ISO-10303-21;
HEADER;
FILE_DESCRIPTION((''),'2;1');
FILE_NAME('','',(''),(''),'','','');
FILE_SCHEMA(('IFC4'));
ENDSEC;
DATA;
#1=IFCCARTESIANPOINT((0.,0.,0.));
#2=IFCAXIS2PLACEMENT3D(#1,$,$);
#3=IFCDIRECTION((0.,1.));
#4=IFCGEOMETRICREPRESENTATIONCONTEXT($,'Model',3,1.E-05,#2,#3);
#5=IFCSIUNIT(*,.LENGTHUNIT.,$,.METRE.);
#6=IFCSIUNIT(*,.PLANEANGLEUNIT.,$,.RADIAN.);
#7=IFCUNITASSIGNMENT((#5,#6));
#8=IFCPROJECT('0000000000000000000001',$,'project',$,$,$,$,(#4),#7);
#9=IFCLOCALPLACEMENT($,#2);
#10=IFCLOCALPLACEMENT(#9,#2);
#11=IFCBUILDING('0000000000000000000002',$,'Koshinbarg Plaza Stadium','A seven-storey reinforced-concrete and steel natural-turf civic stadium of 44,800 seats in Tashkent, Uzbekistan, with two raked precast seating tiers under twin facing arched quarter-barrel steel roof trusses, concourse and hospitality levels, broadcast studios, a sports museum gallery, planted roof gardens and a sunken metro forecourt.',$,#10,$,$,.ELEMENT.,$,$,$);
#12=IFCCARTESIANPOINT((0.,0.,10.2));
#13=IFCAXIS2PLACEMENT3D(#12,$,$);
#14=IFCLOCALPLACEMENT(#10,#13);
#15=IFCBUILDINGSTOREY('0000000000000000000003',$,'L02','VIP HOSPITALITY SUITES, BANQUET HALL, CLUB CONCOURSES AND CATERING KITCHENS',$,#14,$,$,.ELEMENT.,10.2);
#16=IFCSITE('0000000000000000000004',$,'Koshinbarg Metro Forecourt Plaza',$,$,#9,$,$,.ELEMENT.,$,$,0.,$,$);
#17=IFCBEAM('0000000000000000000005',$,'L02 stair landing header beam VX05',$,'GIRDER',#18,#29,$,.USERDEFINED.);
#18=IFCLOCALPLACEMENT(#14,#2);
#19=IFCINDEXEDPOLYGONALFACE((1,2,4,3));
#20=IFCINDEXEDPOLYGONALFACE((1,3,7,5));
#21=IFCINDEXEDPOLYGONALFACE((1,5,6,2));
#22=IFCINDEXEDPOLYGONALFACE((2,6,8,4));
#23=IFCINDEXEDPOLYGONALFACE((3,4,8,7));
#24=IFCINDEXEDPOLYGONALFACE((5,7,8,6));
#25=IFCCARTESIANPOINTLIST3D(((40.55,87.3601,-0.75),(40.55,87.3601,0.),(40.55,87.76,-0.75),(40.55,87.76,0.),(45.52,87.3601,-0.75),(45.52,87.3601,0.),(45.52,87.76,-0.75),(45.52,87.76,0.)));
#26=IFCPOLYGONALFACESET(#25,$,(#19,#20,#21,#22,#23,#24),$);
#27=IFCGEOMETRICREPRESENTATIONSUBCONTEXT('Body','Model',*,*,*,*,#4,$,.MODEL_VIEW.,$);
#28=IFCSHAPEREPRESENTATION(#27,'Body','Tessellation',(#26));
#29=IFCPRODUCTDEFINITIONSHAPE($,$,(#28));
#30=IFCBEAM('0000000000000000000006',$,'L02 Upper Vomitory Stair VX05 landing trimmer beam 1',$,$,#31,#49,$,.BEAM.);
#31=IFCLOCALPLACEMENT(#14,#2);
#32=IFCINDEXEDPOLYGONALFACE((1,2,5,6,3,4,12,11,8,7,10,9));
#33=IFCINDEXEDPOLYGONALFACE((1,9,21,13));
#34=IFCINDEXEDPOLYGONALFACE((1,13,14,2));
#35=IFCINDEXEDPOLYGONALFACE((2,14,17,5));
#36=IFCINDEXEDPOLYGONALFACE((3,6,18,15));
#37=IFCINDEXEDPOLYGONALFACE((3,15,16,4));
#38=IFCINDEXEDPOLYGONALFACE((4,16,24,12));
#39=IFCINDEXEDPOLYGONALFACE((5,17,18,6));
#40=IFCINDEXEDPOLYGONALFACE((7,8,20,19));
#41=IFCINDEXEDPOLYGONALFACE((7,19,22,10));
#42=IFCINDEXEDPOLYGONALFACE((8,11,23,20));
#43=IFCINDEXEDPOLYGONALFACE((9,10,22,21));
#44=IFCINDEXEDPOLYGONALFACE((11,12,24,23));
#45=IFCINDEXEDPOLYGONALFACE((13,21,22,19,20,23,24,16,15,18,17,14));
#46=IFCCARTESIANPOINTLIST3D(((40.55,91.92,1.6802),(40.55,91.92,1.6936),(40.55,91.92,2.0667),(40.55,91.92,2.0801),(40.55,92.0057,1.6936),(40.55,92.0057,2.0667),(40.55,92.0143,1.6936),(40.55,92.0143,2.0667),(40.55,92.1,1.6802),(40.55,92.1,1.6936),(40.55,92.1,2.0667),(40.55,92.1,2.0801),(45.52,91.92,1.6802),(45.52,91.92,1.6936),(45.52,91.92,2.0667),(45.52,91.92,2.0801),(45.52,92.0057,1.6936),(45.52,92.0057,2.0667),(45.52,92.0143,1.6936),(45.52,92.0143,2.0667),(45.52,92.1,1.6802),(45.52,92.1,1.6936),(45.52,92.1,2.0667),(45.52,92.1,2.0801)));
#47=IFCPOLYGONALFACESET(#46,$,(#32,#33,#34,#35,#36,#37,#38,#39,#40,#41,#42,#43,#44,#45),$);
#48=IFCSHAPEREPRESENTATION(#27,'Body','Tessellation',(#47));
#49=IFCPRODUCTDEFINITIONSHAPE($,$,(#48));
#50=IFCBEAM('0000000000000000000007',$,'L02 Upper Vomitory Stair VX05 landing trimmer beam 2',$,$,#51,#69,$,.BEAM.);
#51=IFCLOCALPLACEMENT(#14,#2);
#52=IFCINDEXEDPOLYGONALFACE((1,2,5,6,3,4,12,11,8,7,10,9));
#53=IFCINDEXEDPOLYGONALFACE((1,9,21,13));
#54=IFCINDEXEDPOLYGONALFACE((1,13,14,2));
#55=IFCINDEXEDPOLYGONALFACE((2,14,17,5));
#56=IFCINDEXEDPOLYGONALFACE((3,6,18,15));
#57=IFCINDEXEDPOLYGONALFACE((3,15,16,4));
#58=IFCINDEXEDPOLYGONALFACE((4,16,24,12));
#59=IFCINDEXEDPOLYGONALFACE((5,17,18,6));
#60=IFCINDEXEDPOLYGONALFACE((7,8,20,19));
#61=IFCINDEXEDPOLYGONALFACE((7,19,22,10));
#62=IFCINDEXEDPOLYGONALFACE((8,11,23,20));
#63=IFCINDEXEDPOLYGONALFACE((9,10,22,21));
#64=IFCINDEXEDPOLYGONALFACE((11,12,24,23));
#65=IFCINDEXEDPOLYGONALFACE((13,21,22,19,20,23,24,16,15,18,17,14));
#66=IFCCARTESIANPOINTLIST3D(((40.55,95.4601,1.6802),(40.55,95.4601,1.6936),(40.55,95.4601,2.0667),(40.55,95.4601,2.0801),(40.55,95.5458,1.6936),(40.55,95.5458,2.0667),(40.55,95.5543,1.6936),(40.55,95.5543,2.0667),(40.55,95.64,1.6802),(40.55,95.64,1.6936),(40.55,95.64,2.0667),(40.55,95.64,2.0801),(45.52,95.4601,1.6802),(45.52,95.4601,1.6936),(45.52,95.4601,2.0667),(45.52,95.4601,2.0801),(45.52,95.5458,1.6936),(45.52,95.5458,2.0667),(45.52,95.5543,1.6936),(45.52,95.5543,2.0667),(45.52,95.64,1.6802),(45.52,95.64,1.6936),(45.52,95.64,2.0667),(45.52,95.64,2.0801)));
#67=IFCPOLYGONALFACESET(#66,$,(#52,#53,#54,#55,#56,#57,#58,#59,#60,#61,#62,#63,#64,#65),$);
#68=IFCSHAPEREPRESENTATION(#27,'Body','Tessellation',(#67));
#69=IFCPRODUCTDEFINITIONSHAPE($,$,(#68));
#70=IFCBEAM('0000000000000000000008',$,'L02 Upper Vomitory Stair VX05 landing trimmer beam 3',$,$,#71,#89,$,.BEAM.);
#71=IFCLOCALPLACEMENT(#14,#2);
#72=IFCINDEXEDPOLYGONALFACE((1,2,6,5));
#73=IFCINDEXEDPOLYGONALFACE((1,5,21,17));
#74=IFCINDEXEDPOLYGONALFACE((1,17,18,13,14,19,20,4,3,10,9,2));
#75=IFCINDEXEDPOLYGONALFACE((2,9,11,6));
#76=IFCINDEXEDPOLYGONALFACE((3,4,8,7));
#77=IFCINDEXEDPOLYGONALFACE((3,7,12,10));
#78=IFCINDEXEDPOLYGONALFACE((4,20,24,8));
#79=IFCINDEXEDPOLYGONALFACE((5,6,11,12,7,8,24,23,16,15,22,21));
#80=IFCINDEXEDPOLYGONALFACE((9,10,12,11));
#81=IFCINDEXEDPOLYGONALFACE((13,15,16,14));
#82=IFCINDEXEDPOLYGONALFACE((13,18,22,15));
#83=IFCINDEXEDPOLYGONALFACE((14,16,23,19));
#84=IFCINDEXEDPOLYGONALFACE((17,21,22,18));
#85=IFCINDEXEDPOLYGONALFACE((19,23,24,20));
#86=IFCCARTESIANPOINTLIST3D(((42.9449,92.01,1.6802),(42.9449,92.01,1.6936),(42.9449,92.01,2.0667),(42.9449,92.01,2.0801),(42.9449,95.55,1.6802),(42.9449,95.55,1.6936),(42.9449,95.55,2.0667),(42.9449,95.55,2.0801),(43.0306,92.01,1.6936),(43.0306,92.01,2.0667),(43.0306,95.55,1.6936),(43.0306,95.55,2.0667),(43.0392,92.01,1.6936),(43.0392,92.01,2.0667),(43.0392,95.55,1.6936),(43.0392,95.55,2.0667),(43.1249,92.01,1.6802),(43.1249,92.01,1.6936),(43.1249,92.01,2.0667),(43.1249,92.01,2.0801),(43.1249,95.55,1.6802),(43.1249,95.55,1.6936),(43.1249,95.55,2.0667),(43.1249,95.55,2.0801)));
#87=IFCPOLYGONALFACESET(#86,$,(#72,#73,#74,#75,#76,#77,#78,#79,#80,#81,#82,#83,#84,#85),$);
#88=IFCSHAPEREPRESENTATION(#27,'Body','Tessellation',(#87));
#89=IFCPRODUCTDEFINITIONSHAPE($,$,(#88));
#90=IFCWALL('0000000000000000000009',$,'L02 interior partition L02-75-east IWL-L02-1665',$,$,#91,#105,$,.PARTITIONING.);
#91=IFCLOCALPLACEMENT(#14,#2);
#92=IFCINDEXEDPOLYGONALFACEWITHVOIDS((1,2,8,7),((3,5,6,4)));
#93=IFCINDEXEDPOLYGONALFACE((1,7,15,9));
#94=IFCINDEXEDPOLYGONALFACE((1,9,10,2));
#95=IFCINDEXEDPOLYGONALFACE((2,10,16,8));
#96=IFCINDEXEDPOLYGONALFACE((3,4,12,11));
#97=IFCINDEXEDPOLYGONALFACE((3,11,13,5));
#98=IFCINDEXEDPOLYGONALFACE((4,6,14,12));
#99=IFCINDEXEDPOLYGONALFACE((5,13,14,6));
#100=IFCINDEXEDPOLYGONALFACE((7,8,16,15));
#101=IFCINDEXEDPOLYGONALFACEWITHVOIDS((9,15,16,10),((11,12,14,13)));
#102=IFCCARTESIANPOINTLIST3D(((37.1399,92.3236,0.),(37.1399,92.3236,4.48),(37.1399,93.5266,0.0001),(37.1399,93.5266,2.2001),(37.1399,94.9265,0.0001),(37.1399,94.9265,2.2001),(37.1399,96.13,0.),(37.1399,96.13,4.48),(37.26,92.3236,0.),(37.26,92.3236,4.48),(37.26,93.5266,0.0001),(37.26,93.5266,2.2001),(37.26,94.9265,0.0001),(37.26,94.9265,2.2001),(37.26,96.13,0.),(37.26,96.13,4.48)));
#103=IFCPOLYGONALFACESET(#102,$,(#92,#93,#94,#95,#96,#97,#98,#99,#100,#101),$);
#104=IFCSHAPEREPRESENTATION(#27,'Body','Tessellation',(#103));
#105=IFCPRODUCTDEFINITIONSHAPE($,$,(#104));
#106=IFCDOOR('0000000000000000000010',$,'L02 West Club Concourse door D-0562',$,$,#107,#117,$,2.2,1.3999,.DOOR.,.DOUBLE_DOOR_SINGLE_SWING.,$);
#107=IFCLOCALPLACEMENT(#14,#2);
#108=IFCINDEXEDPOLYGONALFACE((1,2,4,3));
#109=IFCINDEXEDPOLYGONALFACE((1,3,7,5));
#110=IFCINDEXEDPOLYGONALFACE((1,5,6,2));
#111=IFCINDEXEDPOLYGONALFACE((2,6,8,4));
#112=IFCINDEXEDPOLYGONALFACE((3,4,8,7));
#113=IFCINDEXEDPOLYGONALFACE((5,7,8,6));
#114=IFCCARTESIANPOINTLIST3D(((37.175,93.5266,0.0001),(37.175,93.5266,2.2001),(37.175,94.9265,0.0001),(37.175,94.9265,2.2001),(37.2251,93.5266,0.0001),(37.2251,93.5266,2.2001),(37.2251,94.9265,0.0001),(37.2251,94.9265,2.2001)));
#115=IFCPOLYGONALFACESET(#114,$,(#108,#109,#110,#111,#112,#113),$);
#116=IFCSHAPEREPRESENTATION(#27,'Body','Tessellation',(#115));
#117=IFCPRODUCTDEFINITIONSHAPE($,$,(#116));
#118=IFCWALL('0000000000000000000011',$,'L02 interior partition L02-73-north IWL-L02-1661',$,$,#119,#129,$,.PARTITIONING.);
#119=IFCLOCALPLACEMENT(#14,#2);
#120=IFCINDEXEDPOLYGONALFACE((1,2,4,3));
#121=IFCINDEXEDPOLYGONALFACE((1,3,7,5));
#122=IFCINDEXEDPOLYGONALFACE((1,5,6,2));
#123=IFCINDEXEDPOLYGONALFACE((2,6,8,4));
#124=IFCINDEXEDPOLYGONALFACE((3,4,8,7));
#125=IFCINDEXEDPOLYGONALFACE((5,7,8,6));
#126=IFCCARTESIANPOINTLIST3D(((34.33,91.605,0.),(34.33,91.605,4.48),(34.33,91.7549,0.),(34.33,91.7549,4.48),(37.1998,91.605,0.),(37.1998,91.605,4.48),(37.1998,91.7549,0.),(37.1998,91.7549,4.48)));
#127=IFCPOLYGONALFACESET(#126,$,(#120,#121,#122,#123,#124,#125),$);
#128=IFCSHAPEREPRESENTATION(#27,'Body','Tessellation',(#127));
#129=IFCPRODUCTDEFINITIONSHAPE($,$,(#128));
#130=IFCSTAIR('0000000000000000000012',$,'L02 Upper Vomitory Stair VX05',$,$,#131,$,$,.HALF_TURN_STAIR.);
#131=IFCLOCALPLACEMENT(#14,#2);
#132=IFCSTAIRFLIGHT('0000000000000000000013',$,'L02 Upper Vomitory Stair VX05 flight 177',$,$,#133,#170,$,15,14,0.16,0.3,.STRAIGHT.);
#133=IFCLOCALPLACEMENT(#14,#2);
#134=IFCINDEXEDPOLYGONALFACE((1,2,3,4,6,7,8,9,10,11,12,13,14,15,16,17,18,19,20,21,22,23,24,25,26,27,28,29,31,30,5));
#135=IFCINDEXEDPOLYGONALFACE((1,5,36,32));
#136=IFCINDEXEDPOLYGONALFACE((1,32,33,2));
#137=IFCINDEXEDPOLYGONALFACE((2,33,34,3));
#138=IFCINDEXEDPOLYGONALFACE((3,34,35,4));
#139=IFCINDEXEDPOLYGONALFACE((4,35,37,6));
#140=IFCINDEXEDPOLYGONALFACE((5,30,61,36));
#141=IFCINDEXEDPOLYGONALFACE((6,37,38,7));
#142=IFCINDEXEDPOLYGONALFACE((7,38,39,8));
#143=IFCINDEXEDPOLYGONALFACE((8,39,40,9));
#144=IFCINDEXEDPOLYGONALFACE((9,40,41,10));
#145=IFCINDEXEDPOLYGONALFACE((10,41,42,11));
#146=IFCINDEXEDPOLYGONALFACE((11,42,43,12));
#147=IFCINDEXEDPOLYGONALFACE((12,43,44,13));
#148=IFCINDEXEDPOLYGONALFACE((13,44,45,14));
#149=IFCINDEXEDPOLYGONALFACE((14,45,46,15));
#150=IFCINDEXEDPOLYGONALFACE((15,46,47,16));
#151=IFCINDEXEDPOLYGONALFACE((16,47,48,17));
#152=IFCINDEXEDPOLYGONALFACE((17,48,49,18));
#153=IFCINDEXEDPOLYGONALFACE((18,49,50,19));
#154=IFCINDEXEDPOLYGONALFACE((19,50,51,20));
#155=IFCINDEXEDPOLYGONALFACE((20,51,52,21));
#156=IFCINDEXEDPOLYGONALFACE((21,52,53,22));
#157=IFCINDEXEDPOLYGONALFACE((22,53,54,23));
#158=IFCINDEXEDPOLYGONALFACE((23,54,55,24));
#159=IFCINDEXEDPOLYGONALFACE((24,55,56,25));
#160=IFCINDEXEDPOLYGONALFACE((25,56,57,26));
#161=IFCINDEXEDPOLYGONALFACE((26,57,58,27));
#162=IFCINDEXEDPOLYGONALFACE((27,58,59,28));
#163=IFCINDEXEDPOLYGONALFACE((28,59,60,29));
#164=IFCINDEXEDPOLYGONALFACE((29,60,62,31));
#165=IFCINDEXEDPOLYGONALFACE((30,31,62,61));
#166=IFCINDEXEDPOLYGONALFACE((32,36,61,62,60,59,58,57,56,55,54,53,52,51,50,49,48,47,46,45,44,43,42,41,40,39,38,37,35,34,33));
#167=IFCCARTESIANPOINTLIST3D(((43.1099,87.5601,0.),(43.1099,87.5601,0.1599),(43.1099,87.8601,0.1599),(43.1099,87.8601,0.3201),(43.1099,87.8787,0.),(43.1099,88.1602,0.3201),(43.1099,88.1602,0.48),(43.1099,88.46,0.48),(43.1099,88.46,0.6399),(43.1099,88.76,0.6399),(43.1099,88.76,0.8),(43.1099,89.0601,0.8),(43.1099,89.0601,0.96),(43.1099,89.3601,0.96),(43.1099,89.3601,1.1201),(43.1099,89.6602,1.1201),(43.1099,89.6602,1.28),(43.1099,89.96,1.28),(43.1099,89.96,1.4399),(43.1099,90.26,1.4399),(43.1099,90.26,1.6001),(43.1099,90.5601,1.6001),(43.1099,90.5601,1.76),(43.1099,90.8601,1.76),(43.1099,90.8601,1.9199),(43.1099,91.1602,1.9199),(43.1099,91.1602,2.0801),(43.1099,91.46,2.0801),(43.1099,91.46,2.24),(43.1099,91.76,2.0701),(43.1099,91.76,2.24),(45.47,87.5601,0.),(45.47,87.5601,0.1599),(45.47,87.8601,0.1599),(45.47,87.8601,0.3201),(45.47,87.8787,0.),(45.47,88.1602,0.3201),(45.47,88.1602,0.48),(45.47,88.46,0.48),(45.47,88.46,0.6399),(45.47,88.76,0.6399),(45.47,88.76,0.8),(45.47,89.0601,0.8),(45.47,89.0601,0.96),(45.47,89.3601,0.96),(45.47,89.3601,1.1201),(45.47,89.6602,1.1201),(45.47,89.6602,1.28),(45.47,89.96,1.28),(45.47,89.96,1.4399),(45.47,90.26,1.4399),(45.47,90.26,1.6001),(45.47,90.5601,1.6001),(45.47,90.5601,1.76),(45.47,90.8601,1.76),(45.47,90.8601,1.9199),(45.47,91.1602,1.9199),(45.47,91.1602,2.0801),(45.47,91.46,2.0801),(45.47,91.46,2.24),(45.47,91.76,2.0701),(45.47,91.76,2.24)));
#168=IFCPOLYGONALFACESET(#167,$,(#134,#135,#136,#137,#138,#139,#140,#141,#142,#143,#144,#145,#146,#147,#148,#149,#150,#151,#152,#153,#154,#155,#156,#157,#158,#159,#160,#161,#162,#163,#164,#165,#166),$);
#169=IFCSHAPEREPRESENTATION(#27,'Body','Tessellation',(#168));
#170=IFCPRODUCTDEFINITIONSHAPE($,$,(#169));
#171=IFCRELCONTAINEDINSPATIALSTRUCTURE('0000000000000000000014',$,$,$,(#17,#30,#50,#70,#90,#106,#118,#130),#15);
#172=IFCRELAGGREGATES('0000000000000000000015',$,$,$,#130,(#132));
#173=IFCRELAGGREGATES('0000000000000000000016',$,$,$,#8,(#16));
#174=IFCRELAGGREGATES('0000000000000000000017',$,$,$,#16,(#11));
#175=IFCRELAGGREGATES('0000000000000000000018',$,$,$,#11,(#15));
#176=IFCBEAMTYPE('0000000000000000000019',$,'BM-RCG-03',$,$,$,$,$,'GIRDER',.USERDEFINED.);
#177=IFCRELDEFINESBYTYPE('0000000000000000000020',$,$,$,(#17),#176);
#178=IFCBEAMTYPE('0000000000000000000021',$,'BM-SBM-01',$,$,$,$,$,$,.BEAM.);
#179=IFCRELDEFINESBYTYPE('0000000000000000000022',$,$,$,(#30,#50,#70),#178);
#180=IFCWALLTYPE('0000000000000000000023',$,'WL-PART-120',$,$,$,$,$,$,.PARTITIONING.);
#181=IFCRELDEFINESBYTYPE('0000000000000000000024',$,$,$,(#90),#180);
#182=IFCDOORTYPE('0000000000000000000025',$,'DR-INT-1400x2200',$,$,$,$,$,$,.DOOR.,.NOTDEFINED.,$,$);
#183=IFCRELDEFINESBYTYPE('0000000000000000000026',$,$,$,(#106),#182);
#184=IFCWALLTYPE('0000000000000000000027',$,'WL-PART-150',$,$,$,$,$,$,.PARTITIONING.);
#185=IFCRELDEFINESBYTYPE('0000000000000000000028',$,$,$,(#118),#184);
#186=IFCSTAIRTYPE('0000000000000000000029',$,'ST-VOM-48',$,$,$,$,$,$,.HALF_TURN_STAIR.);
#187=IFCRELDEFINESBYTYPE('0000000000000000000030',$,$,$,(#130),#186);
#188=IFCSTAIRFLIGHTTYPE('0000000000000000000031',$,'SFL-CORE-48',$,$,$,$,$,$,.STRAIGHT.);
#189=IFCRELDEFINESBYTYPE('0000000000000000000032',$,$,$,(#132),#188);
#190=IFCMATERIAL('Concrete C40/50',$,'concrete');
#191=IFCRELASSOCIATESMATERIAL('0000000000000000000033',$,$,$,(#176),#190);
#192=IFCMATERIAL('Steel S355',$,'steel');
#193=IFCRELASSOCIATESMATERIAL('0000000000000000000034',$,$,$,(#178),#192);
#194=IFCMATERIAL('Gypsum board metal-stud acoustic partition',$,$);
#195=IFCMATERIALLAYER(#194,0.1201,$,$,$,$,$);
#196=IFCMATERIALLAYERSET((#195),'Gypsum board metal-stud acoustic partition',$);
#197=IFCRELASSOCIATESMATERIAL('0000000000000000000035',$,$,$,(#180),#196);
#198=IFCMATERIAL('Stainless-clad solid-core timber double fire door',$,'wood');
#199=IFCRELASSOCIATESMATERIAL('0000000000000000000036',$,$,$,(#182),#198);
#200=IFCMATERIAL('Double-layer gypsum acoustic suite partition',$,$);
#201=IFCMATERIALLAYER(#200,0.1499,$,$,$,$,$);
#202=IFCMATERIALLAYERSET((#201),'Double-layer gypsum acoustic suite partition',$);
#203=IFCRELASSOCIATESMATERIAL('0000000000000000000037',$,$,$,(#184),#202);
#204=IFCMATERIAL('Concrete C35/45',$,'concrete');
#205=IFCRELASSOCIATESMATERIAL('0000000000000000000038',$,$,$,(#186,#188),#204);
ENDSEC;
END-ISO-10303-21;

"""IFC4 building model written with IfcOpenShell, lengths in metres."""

from ifc_helpers import new_model, si_unit, direction, frame, frame_2d, origin, origin_2d, place, context, subcontext, project, spatial, polyline, rectangle, i_section, outline, extrude, material, layer, layer_set, material_profile, profile_set, type_object, element, fill, aggregate, save


model = new_model("IFC4")

# Units and contexts
model_context = context("Model", 3, precision=1e-05, world=origin(), true_north=direction((0.0, 1.0)))
body_context = subcontext(model_context, "Body", "Model", "MODEL_VIEW")
ifc_project = project(units=[si_unit("LENGTHUNIT", "METRE"), si_unit("PLANEANGLEUNIT", "RADIAN")], contexts=[model_context])

# Site, building, storey
site_placement = place(None, origin())
site = spatial("IfcSite", under=ifc_project, at=site_placement, Name="Koshinbarg Metro Forecourt Plaza", CompositionType="ELEMENT", RefElevation=0.0)
building_placement = place(site_placement, origin())
building = spatial("IfcBuilding", under=site, at=building_placement, Name="Koshinbarg Plaza Stadium", Description="A seven-storey reinforced-concrete and steel natural-turf civic stadium of 44,800 seats in Tashkent, Uzbekistan, with two raked precast seating tiers under twin facing arched quarter-barrel steel roof trusses, concourse and hospitality levels, broadcast studios, a sports museum gallery, planted roof gardens and a sunken metro forecourt.", CompositionType="ELEMENT")
storey_placement = place(building_placement, frame((0.0, 0.0, 10.2)))
storey = spatial("IfcBuildingStorey", under=building, at=storey_placement, Name="L02", Description="VIP HOSPITALITY SUITES, BANQUET HALL, CLUB CONCOURSES AND CATERING KITCHENS", CompositionType="ELEMENT", Elevation=10.2)

# Beams
ifc_material_1 = material(Name="Concrete C40/50", Category="concrete")
ifc_material_profile_1 = material_profile(ifc_material_1, rectangle(XDim=0.3999, YDim=0.75, at=origin_2d()), Name="RC 400x750")
ifc_profile_set_1 = profile_set([ifc_material_profile_1], Name="Concrete C40/50")
beam_type_1 = type_object("IfcBeamType", Name="BM-RCG-03", ElementType="GIRDER", PredefinedType="USERDEFINED", material=ifc_profile_set_1)
beam_1_placement = place(storey_placement, frame((40.55, 87.5601, -0.375), z_axis=(1.0, 0.0, 0.0), x_axis=(0.0, 1.0, 0.0)))
element("IfcBeam", 1, at=beam_1_placement, inside=storey, type_object=beam_type_1, Name="L02 stair landing header beam VX05", ObjectType="GIRDER", PredefinedType="USERDEFINED", context=body_context, shape_type="SweptSolid", body=[
    extrude(rectangle(XDim=0.3999, YDim=0.75, at=origin_2d()), origin(), (0.0, 0.0, 1.0), 4.97),
])
ifc_material_2 = material(Name="Steel S355", Category="steel")
ifc_material_profile_2 = material_profile(ifc_material_2, i_section(OverallWidth=0.1799, OverallDepth=0.3999, WebThickness=0.0085, FlangeThickness=0.0134, at=origin_2d()), Name="IPE 400")
ifc_profile_set_2 = profile_set([ifc_material_profile_2], Name="Steel S355")
beam_type_2 = type_object("IfcBeamType", Name="BM-SBM-01", PredefinedType="BEAM", material=ifc_profile_set_2)
for number, where, z_axis, x_axis, name in (
    (2, (40.55, 92.01, 1.8801), (1.0, 0.0, 0.0), (0.0, 1.0, 0.0), "L02 Upper Vomitory Stair VX05 landing trimmer beam 1"),
    (3, (40.55, 95.55, 1.8801), (1.0, 0.0, 0.0), (0.0, 1.0, 0.0), "L02 Upper Vomitory Stair VX05 landing trimmer beam 2"),
):
    element("IfcBeam", number, at=place(storey_placement, frame(where, z_axis=z_axis, x_axis=x_axis)), inside=storey, type_object=beam_type_2, Name=name, PredefinedType="BEAM", context=body_context, shape_type="SweptSolid", body=[
        extrude(i_section(OverallWidth=0.1799, OverallDepth=0.3999, WebThickness=0.0085, FlangeThickness=0.0134, at=origin_2d()), origin(), (0.0, 0.0, 1.0), 4.97),
    ])
beam_2_placement = place(storey_placement, frame((43.0349, 92.01, 1.8801), z_axis=(0.0, 1.0, 0.0), x_axis=(-1.0, 0.0, 0.0)))
element("IfcBeam", 4, at=beam_2_placement, inside=storey, type_object=beam_type_2, Name="L02 Upper Vomitory Stair VX05 landing trimmer beam 3", PredefinedType="BEAM", context=body_context, shape_type="SweptSolid", body=[
    extrude(i_section(OverallWidth=0.1799, OverallDepth=0.3999, WebThickness=0.0085, FlangeThickness=0.0134, at=origin_2d()), origin(), (0.0, 0.0, 1.0), 3.54),
])

# Wall, opening, door
ifc_material_3 = material(Name="Gypsum board metal-stud acoustic partition")
ifc_layer_1 = layer(ifc_material_3, 0.1201)
ifc_layer_set_1 = layer_set([ifc_layer_1], Name="Gypsum board metal-stud acoustic partition")
wall_type_1 = type_object("IfcWallType", Name="WL-PART-120", PredefinedType="PARTITIONING", material=ifc_layer_set_1)
wall_1_placement = place(storey_placement, frame((37.2, 92.3235, 0.0), z_axis=(0.0, 0.0, 1.0), x_axis=(0.0, 1.0, 0.0)))
wall_1 = element("IfcWall", 5, at=wall_1_placement, inside=storey, type_object=wall_type_1, Name="L02 interior partition L02-75-east IWL-L02-1665", PredefinedType="PARTITIONING", context=body_context, shape_type="SweptSolid", body=[
    extrude(rectangle(XDim=3.8064, YDim=0.1201, at=frame_2d((1.9033, 0.0))), origin(), (0.0, 0.0, 1.0), 4.48),
])
opening_1_placement = place(wall_1_placement, frame((1.2031, 0.0, 0.0)))
opening_1 = element("IfcOpeningElement", 6, at=opening_1_placement, cuts=wall_1, PredefinedType="OPENING", context=body_context, shape_type="SweptSolid", body=[
    extrude(rectangle(XDim=1.3999, YDim=2.2, at=frame_2d((0.7, 1.1001))), frame((0.0, 0.0701, 0.0), z_axis=(0.0, -1.0, 0.0), x_axis=(1.0, 0.0, 0.0)), (0.0, 0.0, 1.0), 0.1401),
])
ifc_material_4 = material(Name="Stainless-clad solid-core timber double fire door", Category="wood")
door_type_1 = type_object("IfcDoorType", Name="DR-INT-1400x2200", OperationType="NOTDEFINED", PredefinedType="DOOR", material=ifc_material_4)
door_1_placement = place(opening_1_placement, origin())
door_1 = element("IfcDoor", 7, at=door_1_placement, inside=storey, type_object=door_type_1, Name="L02 West Club Concourse door D-0562", OperationType="DOUBLE_DOOR_SINGLE_SWING", OverallHeight=2.2, OverallWidth=1.3999, PredefinedType="DOOR", context=body_context, shape_type="SweptSolid", body=[
    extrude(rectangle(XDim=1.3999, YDim=2.2, at=frame_2d((0.7, 1.1001))), frame((0.0, 0.0249, 0.0), z_axis=(0.0, -1.0, 0.0), x_axis=(1.0, 0.0, 0.0)), (0.0, 0.0, 1.0), 0.05),
])
fill(opening_1, door_1)
ifc_material_5 = material(Name="Double-layer gypsum acoustic suite partition")
ifc_layer_2 = layer(ifc_material_5, 0.1499)
ifc_layer_set_2 = layer_set([ifc_layer_2], Name="Double-layer gypsum acoustic suite partition")
wall_type_2 = type_object("IfcWallType", Name="WL-PART-150", PredefinedType="PARTITIONING", material=ifc_layer_set_2)

# Wall
wall_2_placement = place(storey_placement, frame((37.2, 91.6799, 0.0), z_axis=(0.0, 0.0, 1.0), x_axis=(-1.0, 0.0, 0.0)))
element("IfcWall", 8, at=wall_2_placement, inside=storey, type_object=wall_type_2, Name="L02 interior partition L02-73-north IWL-L02-1661", PredefinedType="PARTITIONING", context=body_context, shape_type="SweptSolid", body=[
    extrude(rectangle(XDim=2.8699, YDim=0.1499, at=frame_2d((1.4351, 0.0))), origin(), (0.0, 0.0, 1.0), 4.48),
])

# Stair, stair flight
ifc_material_6 = material(Name="Concrete C35/45", Category="concrete")
stair_type = type_object("IfcStairType", Name="ST-VOM-48", PredefinedType="HALF_TURN_STAIR", material=ifc_material_6)
stair_placement = place(storey_placement, origin())
stair = element("IfcStair", 9, at=stair_placement, inside=storey, type_object=stair_type, Name="L02 Upper Vomitory Stair VX05", PredefinedType="HALF_TURN_STAIR")
stair_flight_type = type_object("IfcStairFlightType", Name="SFL-CORE-48", PredefinedType="STRAIGHT", material=ifc_material_6)
stair_flight_1_placement = place(storey_placement, frame((44.29, 87.5601, 0.0), z_axis=(0.0, 0.0, 1.0), x_axis=(0.0, 1.0, 0.0)))
stair_flight_1 = element("IfcStairFlight", 10, at=stair_flight_1_placement, type_object=stair_flight_type, Name="L02 Upper Vomitory Stair VX05 flight 177", NumberOfRisers=15, NumberOfTreads=14, PredefinedType="STRAIGHT", RiserHeight=0.16, TreadLength=0.3, context=body_context, shape_type="SweptSolid", body=[
    extrude(outline(polyline([(0.0, 0.0), (0.0, 0.1599), (0.3, 0.1599), (0.3, 0.3201), (0.6001, 0.3201), (0.6001, 0.48), (0.8999, 0.48), (0.8999, 0.6399), (1.2, 0.6399), (1.2, 0.8), (1.5, 0.8), (1.5, 0.96), (1.8, 0.96), (1.8, 1.1201), (2.1001, 1.1201), (2.1001, 1.28), (2.3999, 1.28), (2.3999, 1.4399), (2.7, 1.4399), (2.7, 1.6001), (3.0, 1.6001), (3.0, 1.76), (3.3, 1.76), (3.3, 1.9199), (3.6001, 1.9199), (3.6001, 2.0801), (3.8999, 2.0801), (3.8999, 2.24), (4.2, 2.24), (4.2, 2.3999), (4.2, 2.0701), (0.3186, 0.0), (0.0, 0.0)])), frame((0.0, 1.1802, 0.0), z_axis=(0.0, -1.0, 0.0), x_axis=(1.0, 0.0, 0.0)), (0.0, 0.0, 1.0), 2.3601),
])
aggregate(stair, [stair_flight_1])

save(model, "model.ifc")
